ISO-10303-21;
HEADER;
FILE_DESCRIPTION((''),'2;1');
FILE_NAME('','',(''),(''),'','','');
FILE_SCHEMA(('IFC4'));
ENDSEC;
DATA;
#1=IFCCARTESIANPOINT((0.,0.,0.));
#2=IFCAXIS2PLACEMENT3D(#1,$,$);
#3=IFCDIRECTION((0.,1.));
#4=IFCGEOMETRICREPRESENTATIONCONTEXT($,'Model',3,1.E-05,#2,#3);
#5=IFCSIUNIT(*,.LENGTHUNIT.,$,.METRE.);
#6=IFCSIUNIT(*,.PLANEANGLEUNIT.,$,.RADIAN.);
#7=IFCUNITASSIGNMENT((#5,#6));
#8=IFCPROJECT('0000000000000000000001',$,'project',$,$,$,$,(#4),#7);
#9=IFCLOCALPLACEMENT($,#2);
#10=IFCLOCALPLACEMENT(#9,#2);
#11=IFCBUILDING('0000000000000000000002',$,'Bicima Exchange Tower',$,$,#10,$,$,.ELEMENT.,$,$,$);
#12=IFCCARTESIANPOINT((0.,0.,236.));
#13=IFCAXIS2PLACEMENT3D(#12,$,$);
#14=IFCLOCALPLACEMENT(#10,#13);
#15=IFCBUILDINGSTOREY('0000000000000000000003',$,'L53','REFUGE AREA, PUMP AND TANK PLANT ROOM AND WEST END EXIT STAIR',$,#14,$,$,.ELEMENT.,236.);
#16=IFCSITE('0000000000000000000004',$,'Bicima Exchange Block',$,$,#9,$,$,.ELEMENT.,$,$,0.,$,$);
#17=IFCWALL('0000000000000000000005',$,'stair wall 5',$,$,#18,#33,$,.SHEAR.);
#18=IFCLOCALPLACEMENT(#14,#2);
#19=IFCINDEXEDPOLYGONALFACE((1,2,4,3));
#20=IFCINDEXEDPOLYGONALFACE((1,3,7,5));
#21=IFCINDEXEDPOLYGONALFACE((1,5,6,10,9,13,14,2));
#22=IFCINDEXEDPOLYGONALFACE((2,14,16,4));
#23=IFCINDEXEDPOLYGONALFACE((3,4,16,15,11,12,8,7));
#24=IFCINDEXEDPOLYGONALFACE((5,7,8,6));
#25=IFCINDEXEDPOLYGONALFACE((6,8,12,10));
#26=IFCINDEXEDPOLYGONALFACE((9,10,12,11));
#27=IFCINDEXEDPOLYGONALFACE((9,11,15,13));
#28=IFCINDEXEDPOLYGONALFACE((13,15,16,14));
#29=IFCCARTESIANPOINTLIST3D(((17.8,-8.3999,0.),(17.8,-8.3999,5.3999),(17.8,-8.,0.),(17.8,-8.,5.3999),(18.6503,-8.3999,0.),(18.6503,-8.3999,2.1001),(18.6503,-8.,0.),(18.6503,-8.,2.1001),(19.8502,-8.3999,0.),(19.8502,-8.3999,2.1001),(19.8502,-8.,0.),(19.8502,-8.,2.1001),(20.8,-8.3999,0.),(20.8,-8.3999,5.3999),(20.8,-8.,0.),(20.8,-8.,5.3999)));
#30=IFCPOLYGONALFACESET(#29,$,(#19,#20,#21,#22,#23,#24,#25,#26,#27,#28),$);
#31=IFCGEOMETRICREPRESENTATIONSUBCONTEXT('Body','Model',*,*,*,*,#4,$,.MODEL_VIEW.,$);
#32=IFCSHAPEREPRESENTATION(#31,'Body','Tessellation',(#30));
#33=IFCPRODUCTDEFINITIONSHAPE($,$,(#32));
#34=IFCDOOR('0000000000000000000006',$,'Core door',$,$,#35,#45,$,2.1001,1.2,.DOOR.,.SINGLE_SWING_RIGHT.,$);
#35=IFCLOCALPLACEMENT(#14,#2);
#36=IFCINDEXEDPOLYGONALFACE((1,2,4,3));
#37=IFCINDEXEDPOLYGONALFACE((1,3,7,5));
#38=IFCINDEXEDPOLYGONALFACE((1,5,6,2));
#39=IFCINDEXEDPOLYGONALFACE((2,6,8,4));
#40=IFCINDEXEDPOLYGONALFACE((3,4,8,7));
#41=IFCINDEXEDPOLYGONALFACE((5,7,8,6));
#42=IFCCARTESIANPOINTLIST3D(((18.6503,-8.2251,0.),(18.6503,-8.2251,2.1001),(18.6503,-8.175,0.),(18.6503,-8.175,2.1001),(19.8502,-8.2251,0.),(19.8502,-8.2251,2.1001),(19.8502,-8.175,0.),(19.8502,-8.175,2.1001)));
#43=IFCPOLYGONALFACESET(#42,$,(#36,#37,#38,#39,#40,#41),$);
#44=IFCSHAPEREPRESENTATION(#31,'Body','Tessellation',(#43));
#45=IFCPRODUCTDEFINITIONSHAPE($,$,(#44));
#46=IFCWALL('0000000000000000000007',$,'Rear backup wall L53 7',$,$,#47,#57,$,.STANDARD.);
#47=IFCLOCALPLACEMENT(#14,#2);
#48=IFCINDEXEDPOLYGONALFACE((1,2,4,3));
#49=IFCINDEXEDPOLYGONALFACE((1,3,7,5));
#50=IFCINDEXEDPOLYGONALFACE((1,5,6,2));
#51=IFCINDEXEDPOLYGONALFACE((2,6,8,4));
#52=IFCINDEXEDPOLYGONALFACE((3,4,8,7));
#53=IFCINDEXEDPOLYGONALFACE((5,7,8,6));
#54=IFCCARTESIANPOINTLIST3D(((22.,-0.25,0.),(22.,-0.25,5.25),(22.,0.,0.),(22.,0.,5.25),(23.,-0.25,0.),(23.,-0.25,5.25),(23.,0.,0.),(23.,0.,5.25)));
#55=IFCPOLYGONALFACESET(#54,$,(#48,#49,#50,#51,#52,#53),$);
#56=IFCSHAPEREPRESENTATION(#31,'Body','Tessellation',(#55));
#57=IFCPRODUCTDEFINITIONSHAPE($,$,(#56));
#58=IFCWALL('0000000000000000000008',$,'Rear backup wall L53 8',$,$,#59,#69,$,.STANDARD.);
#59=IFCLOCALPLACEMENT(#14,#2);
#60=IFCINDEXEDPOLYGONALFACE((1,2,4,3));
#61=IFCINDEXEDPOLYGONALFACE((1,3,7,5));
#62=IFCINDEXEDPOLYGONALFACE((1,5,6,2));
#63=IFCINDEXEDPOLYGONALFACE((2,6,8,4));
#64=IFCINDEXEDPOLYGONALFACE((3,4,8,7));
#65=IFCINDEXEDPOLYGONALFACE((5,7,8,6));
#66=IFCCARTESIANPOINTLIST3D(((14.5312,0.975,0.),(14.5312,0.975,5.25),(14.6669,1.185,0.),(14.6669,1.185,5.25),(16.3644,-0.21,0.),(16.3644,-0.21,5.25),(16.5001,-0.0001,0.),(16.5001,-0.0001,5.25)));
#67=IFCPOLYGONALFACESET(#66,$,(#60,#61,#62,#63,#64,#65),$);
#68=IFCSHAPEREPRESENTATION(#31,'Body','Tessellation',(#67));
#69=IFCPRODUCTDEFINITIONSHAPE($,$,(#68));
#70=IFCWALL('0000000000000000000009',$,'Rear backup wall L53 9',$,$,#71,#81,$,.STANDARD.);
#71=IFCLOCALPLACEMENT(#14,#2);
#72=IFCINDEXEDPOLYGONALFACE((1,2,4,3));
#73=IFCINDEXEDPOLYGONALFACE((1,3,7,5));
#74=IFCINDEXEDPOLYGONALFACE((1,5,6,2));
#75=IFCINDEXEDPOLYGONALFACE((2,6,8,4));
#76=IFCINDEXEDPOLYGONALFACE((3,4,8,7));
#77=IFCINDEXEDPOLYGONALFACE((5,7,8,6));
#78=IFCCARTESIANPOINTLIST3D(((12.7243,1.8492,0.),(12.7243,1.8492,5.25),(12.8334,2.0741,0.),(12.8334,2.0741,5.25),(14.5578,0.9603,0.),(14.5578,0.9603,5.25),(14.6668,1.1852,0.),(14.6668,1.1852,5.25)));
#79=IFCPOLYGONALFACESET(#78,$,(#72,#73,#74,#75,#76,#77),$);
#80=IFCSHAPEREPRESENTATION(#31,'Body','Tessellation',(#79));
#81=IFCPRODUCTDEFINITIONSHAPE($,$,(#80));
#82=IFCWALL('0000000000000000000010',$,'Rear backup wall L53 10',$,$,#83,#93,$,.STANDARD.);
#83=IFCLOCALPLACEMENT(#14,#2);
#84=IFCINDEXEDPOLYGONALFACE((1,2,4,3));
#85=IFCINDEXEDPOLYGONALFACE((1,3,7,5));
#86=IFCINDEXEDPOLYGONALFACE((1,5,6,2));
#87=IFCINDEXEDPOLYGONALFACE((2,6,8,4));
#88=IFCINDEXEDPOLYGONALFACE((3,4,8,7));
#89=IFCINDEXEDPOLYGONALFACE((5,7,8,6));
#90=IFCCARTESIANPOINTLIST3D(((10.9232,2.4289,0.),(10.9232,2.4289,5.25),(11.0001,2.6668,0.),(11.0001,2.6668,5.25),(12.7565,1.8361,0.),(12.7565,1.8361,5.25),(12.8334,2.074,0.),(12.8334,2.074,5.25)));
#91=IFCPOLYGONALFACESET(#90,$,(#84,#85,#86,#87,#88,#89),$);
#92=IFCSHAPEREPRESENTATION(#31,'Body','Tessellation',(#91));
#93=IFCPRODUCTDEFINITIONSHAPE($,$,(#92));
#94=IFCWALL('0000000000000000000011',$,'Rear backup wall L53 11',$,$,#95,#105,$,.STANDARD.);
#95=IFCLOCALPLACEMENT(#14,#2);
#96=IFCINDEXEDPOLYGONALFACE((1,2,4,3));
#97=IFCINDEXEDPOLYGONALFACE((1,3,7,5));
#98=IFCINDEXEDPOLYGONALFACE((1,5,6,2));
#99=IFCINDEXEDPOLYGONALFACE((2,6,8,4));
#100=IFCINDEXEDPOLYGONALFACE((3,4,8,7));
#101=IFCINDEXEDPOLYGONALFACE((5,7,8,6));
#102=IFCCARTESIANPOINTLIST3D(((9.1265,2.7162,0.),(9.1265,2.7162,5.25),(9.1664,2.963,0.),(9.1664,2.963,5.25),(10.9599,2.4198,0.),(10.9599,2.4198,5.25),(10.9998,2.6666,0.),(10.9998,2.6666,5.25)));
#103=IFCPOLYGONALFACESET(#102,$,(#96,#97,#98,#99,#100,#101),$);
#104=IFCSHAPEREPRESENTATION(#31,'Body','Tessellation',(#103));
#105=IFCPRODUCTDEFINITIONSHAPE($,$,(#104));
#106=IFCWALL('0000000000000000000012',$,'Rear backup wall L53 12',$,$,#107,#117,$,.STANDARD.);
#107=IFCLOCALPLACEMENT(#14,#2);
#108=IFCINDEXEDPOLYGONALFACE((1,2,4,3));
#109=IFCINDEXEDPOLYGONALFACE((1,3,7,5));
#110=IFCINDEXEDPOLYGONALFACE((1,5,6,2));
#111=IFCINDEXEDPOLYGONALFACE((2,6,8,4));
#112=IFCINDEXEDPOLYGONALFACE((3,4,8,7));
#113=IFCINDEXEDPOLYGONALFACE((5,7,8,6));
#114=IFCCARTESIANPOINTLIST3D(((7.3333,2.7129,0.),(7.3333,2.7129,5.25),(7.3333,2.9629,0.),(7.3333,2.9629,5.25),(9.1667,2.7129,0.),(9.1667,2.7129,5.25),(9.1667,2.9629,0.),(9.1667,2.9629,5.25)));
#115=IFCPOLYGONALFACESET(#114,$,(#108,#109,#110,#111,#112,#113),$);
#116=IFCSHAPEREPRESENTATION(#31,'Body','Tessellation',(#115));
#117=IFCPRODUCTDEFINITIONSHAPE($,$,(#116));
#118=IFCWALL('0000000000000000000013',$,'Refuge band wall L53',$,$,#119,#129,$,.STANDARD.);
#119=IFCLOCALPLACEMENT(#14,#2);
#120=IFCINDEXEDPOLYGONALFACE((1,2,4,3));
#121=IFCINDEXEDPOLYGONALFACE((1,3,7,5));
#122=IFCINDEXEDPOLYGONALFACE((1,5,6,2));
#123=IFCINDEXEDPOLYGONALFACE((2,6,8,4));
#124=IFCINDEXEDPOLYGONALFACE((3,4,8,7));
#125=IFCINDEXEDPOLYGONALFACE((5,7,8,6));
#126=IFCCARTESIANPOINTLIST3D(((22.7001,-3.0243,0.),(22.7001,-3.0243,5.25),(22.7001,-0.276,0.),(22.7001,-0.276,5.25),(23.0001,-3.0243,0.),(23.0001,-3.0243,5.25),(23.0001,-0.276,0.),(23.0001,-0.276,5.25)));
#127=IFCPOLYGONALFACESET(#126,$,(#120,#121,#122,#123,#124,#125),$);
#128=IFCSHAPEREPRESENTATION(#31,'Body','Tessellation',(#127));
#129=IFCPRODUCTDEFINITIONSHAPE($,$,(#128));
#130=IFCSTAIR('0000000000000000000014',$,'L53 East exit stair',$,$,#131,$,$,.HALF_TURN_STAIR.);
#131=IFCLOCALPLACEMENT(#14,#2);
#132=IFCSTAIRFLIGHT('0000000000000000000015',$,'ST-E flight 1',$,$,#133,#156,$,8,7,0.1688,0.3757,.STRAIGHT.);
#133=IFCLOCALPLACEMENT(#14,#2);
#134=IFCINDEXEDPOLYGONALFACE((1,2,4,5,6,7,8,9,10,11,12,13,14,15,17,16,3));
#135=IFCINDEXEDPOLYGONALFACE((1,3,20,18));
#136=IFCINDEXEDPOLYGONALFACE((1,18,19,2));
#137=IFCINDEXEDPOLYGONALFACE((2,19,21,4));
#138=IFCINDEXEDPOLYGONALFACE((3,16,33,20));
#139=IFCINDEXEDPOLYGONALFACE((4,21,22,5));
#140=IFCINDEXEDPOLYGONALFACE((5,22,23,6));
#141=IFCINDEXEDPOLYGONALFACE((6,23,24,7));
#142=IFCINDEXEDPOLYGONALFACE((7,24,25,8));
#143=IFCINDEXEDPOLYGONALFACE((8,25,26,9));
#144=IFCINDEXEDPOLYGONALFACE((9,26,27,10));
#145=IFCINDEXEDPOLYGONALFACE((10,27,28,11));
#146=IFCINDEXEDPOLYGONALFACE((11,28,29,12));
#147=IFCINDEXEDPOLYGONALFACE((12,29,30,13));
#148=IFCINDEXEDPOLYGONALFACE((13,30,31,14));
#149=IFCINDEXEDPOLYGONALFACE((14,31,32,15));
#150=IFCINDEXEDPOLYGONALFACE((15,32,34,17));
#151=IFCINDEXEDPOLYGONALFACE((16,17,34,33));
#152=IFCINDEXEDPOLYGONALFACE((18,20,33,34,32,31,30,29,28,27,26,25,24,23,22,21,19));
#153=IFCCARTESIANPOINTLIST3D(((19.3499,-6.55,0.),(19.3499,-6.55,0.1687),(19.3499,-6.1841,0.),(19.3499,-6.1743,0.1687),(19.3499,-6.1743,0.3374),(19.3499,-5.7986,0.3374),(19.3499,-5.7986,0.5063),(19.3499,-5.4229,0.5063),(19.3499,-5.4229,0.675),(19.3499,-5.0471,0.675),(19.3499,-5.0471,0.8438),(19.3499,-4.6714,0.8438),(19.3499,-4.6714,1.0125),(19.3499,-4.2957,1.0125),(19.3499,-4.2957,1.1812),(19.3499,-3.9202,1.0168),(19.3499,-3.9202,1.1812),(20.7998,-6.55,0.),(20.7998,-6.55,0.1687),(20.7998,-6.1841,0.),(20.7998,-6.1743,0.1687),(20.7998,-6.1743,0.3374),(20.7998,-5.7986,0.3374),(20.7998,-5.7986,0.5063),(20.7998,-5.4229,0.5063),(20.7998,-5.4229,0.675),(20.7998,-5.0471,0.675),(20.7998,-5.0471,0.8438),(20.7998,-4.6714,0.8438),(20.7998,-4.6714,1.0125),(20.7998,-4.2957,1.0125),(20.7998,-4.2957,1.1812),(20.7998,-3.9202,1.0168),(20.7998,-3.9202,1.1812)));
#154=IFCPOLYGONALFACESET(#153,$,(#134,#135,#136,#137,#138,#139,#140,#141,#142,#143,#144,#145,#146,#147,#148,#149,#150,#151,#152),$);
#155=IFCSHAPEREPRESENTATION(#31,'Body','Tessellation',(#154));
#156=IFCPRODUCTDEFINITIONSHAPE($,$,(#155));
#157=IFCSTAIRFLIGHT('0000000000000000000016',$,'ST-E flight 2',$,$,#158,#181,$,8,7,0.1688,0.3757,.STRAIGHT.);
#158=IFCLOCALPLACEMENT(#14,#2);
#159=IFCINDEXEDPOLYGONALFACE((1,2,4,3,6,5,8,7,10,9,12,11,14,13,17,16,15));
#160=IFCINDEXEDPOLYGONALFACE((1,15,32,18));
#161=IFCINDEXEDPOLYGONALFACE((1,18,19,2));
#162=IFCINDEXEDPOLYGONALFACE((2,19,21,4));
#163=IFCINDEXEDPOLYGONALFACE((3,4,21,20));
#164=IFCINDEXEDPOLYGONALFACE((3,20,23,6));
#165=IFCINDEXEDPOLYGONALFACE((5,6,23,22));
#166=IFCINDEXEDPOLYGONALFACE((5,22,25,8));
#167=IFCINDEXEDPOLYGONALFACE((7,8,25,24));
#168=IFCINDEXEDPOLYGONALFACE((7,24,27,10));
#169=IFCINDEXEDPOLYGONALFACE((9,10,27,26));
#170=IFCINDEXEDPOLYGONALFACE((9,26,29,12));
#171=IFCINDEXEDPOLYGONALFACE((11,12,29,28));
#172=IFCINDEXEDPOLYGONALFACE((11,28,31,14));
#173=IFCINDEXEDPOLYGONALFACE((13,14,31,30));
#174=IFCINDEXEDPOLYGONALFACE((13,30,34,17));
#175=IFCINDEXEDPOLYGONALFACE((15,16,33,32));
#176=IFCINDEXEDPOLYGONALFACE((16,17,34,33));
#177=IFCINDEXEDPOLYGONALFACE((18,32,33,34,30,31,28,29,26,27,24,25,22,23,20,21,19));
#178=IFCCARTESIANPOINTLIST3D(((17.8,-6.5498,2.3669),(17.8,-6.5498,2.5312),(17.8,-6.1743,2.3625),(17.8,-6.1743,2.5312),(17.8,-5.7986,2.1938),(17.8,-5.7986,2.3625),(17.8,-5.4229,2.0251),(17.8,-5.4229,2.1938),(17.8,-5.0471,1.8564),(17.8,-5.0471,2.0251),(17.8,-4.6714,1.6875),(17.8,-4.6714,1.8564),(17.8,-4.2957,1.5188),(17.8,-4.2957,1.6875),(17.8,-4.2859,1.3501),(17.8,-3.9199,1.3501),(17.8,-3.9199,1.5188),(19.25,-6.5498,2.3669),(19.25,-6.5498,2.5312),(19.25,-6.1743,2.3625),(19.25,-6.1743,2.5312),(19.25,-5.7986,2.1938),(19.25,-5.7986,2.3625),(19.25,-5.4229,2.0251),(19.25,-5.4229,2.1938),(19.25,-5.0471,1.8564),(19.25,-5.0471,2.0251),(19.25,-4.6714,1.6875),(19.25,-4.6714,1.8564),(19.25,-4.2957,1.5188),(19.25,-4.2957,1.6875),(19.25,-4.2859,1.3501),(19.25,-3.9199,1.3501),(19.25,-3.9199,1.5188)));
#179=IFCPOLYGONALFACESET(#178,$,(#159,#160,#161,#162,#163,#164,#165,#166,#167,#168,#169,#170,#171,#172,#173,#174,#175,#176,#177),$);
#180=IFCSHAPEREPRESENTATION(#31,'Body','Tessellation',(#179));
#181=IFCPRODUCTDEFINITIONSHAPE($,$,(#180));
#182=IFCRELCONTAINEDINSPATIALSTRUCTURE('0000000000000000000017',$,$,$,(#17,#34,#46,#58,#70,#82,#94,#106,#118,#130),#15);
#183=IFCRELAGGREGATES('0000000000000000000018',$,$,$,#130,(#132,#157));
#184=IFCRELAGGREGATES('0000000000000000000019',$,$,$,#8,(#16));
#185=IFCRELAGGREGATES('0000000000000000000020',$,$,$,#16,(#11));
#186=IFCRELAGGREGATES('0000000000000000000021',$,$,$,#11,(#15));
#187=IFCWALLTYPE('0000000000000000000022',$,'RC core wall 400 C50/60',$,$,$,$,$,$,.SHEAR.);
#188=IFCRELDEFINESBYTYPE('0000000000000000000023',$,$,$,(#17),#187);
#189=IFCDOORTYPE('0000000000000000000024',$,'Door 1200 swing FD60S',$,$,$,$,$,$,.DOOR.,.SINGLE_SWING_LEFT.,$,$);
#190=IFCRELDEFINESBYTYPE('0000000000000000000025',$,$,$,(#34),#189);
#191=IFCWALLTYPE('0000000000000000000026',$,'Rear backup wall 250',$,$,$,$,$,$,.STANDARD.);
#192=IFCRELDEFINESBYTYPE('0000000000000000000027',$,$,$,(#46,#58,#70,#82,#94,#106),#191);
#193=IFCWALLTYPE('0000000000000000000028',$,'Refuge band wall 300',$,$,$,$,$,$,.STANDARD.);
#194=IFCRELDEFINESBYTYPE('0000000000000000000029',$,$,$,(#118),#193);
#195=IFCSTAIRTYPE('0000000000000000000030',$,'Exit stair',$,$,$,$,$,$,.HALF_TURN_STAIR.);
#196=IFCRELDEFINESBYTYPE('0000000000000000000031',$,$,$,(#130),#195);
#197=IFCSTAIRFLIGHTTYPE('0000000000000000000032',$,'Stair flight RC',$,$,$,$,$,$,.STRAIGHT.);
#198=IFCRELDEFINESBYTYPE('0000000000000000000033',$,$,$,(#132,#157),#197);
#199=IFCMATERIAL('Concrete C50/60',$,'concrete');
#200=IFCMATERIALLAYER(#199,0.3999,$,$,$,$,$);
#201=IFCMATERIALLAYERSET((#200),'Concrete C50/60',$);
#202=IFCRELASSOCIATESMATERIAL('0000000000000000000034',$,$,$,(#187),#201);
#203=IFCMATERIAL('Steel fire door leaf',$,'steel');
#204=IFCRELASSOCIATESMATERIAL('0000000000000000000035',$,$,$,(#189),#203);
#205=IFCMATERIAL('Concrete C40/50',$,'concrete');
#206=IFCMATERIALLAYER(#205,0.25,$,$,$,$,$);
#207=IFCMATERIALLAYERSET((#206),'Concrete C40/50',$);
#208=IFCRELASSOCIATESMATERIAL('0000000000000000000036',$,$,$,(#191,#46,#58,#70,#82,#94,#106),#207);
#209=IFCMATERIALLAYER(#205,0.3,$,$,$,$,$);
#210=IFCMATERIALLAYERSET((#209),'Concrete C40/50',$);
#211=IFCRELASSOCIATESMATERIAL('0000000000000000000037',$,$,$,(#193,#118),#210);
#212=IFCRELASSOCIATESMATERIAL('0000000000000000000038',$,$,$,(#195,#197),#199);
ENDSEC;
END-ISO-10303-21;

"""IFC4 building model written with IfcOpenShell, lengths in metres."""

from ifc_helpers import new_model, si_unit, direction, frame, frame_2d, origin, place, context, subcontext, project, spatial, polyline, rectangle, outline, extrude, material, layer, layer_set, layer_usage, type_object, element, fill, aggregate, save


model = new_model("IFC4")

# Units and contexts
model_context = context("Model", 3, precision=1e-05, world=origin(), true_north=direction((0.0, 1.0)))
body_context = subcontext(model_context, "Body", "Model", "MODEL_VIEW")
ifc_project = project(units=[si_unit("LENGTHUNIT", "METRE"), si_unit("PLANEANGLEUNIT", "RADIAN")], contexts=[model_context])

# Site, building, storey
site_placement = place(None, origin())
site = spatial("IfcSite", under=ifc_project, at=site_placement, Name="Bicima Exchange Block", CompositionType="ELEMENT", RefElevation=0.0)
building_placement = place(site_placement, origin())
building = spatial("IfcBuilding", under=site, at=building_placement, Name="Bicima Exchange Tower", CompositionType="ELEMENT")
storey_placement = place(building_placement, frame((0.0, 0.0, 236.0)))
storey = spatial("IfcBuildingStorey", under=building, at=storey_placement, Name="L53", Description="REFUGE AREA, PUMP AND TANK PLANT ROOM AND WEST END EXIT STAIR", CompositionType="ELEMENT", Elevation=236.0)

# Wall, opening, door
ifc_material_1 = material(Name="Concrete C50/60", Category="concrete")
ifc_layer_1 = layer(ifc_material_1, 0.3999)
ifc_layer_set_1 = layer_set([ifc_layer_1], Name="Concrete C50/60")
wall_type_1 = type_object("IfcWallType", Name="RC core wall 400 C50/60", PredefinedType="SHEAR", material=ifc_layer_set_1)
wall_1_placement = place(storey_placement, frame((17.8, -8.2, 0.0), z_axis=(0.0, 0.0, 1.0), x_axis=(1.0, 0.0, 0.0)))
wall_1 = element("IfcWall", 1, at=wall_1_placement, inside=storey, type_object=wall_type_1, Name="stair wall 5", PredefinedType="SHEAR", context=body_context, shape_type="SweptSolid", body=[
    extrude(rectangle(XDim=3.0, YDim=0.3999, at=frame_2d((1.5, 0.0))), origin(), (0.0, 0.0, 1.0), 5.3999),
])
opening_placement = place(wall_1_placement, frame((0.8501, 0.0, 0.0)))
opening = element("IfcOpeningElement", 2, at=opening_placement, cuts=wall_1, PredefinedType="OPENING", context=body_context, shape_type="SweptSolid", body=[
    extrude(rectangle(XDim=1.2, YDim=2.1001, at=frame_2d((0.6001, 1.05))), frame((0.0, 0.2119, 0.0), z_axis=(0.0, -1.0, 0.0), x_axis=(1.0, 0.0, 0.0)), (0.0, 0.0, 1.0), 0.4238),
])
ifc_material_2 = material(Name="Steel fire door leaf", Category="steel")
door_type = type_object("IfcDoorType", Name="Door 1200 swing FD60S", OperationType="SINGLE_SWING_LEFT", PredefinedType="DOOR", material=ifc_material_2)
door_placement = place(opening_placement, origin())
door = element("IfcDoor", 3, at=door_placement, inside=storey, type_object=door_type, Name="Core door", OperationType="SINGLE_SWING_RIGHT", OverallHeight=2.1001, OverallWidth=1.2, PredefinedType="DOOR", context=body_context, shape_type="SweptSolid", body=[
    extrude(rectangle(XDim=1.2, YDim=2.1001, at=frame_2d((0.6001, 1.05))), frame((0.0, 0.0249, 0.0), z_axis=(0.0, -1.0, 0.0), x_axis=(1.0, 0.0, 0.0)), (0.0, 0.0, 1.0), 0.05),
])
fill(opening, door)

# Walls
ifc_material_3 = material(Name="Concrete C40/50", Category="concrete")
ifc_layer_2 = layer(ifc_material_3, 0.25)
ifc_layer_set_2 = layer_set([ifc_layer_2], Name="Concrete C40/50")
ifc_layer_usage_1 = layer_usage(ifc_layer_set_2, "AXIS2", "POSITIVE", -0.125)
wall_type_2 = type_object("IfcWallType", Name="Rear backup wall 250", PredefinedType="STANDARD", material=ifc_layer_set_2)
wall_2_placement = place(storey_placement, frame((23.0, -0.125, 0.0), z_axis=(0.0, 0.0, 1.0), x_axis=(-1.0, 0.0, 0.0)))
element("IfcWall", 4, at=wall_2_placement, inside=storey, type_object=wall_type_2, material=ifc_layer_usage_1, Name="Rear backup wall L53 7", PredefinedType="STANDARD", context=body_context, shape_type="SweptSolid", body=[
    extrude(rectangle(XDim=1.0, YDim=0.25, at=frame_2d((0.5, 0.0))), origin(), (0.0, 0.0, 1.0), 5.25),
])
wall_3_placement = place(storey_placement, frame((16.4321, -0.105, 0.0), z_axis=(0.0, 0.0, 1.0), x_axis=(-0.839813, 0.542876, 0.0)))
element("IfcWall", 5, at=wall_3_placement, inside=storey, type_object=wall_type_2, material=ifc_layer_usage_1, Name="Rear backup wall L53 8", PredefinedType="STANDARD", context=body_context, shape_type="SweptSolid", body=[
    extrude(rectangle(XDim=2.1829, YDim=0.25, at=frame_2d((1.0913, 0.0))), origin(), (0.0, 0.0, 1.0), 5.25),
])
wall_4_placement = place(storey_placement, frame((14.6123, 1.0728, 0.0), z_axis=(0.0, 0.0, 1.0), x_axis=(-0.899824, 0.436253, 0.0)))
element("IfcWall", 6, at=wall_4_placement, inside=storey, type_object=wall_type_2, material=ifc_layer_usage_1, Name="Rear backup wall L53 9", PredefinedType="STANDARD", context=body_context, shape_type="SweptSolid", body=[
    extrude(rectangle(XDim=2.0376, YDim=0.25, at=frame_2d((1.0188, 0.0))), origin(), (0.0, 0.0, 1.0), 5.25),
])
wall_5_placement = place(storey_placement, frame((12.7949, 1.9551, 0.0), z_axis=(0.0, 0.0, 1.0), x_axis=(-0.951496, 0.307662, 0.0)))
element("IfcWall", 7, at=wall_5_placement, inside=storey, type_object=wall_type_2, material=ifc_layer_usage_1, Name="Rear backup wall L53 10", PredefinedType="STANDARD", context=body_context, shape_type="SweptSolid", body=[
    extrude(rectangle(XDim=1.9268, YDim=0.25, at=frame_2d((0.9634, 0.0))), origin(), (0.0, 0.0, 1.0), 5.25),
])
wall_6_placement = place(storey_placement, frame((10.98, 2.5432, 0.0), z_axis=(0.0, 0.0, 1.0), x_axis=(-0.987182, 0.1596, 0.0)))
element("IfcWall", 8, at=wall_6_placement, inside=storey, type_object=wall_type_2, material=ifc_layer_usage_1, Name="Rear backup wall L53 11", PredefinedType="STANDARD", context=body_context, shape_type="SweptSolid", body=[
    extrude(rectangle(XDim=1.8572, YDim=0.25, at=frame_2d((0.9287, 0.0))), origin(), (0.0, 0.0, 1.0), 5.25),
])
wall_7_placement = place(storey_placement, frame((9.1667, 2.8379, 0.0), z_axis=(0.0, 0.0, 1.0), x_axis=(-1.0, 0.0, 0.0)))
element("IfcWall", 9, at=wall_7_placement, inside=storey, type_object=wall_type_2, material=ifc_layer_usage_1, Name="Rear backup wall L53 12", PredefinedType="STANDARD", context=body_context, shape_type="SweptSolid", body=[
    extrude(rectangle(XDim=1.8335, YDim=0.25, at=frame_2d((0.9167, 0.0))), origin(), (0.0, 0.0, 1.0), 5.25),
])
ifc_layer_3 = layer(ifc_material_3, 0.3)
ifc_layer_set_3 = layer_set([ifc_layer_3], Name="Concrete C40/50")
ifc_layer_usage_2 = layer_usage(ifc_layer_set_3, "AXIS2", "POSITIVE", -0.15)
wall_type_3 = type_object("IfcWallType", Name="Refuge band wall 300", PredefinedType="STANDARD", material=ifc_layer_set_3)
wall_8_placement = place(storey_placement, frame((22.8501, -3.0242, 0.0), z_axis=(0.0, 0.0, 1.0), x_axis=(0.0, 1.0, 0.0)))
element("IfcWall", 10, at=wall_8_placement, inside=storey, type_object=wall_type_3, material=ifc_layer_usage_2, Name="Refuge band wall L53", PredefinedType="STANDARD", context=body_context, shape_type="SweptSolid", body=[
    extrude(rectangle(XDim=2.7483, YDim=0.3, at=frame_2d((1.374, 0.0))), origin(), (0.0, 0.0, 1.0), 5.25),
])

# Stair, stair flights
stair_type = type_object("IfcStairType", Name="Exit stair", PredefinedType="HALF_TURN_STAIR", material=ifc_material_1)
stair_placement = place(storey_placement, origin())
stair = element("IfcStair", 11, at=stair_placement, inside=storey, type_object=stair_type, Name="L53 East exit stair", PredefinedType="HALF_TURN_STAIR")
stair_flight_type = type_object("IfcStairFlightType", Name="Stair flight RC", PredefinedType="STRAIGHT", material=ifc_material_1)
stair_flight_1_placement = place(storey_placement, frame((20.075, -6.55, 0.0), z_axis=(0.0, 0.0, 1.0), x_axis=(0.0, 1.0, 0.0)))
stair_flight_1 = element("IfcStairFlight", 12, at=stair_flight_1_placement, type_object=stair_flight_type, Name="ST-E flight 1", NumberOfRisers=8, NumberOfTreads=7, PredefinedType="STRAIGHT", RiserHeight=0.1688, TreadLength=0.3757, context=body_context, shape_type="SweptSolid", body=[
    extrude(outline(polyline([(0.0, 0.0), (0.0, 0.1687), (0.3757, 0.1687), (0.3757, 0.3374), (0.7515, 0.3374), (0.7515, 0.5063), (1.1272, 0.5063), (1.1272, 0.675), (1.5029, 0.675), (1.5029, 0.8438), (1.8787, 0.8438), (1.8787, 1.0125), (2.2544, 1.0125), (2.2544, 1.1812), (2.6299, 1.1812), (2.6299, 1.3501), (2.6299, 1.0168), (0.366, 0.0), (0.0, 0.0)])), frame((0.0, 0.7251, 0.0), z_axis=(0.0, -1.0, 0.0), x_axis=(1.0, 0.0, 0.0)), (0.0, 0.0, 1.0), 1.45),
])
stair_flight_2_placement = place(storey_placement, frame((18.5249, -3.9199, 1.3501), z_axis=(0.0, 0.0, 1.0), x_axis=(0.0, -1.0, 0.0)))
stair_flight_2 = element("IfcStairFlight", 13, at=stair_flight_2_placement, type_object=stair_flight_type, Name="ST-E flight 2", NumberOfRisers=8, NumberOfTreads=7, PredefinedType="STRAIGHT", RiserHeight=0.1688, TreadLength=0.3757, context=body_context, shape_type="SweptSolid", body=[
    extrude(outline(polyline([(0.0, 0.0), (0.0, 0.1687), (0.3757, 0.1687), (0.3757, 0.3374), (0.7515, 0.3374), (0.7515, 0.5063), (1.1272, 0.5063), (1.1272, 0.675), (1.5029, 0.675), (1.5029, 0.8438), (1.8787, 0.8438), (1.8787, 1.0125), (2.2544, 1.0125), (2.2544, 1.1812), (2.6299, 1.1812), (2.6299, 1.3501), (2.6299, 1.0168), (0.366, 0.0), (0.0, 0.0)])), frame((0.0, 0.7251, 0.0), z_axis=(0.0, -1.0, 0.0), x_axis=(1.0, 0.0, 0.0)), (0.0, 0.0, 1.0), 1.45),
])
aggregate(stair, [stair_flight_1, stair_flight_2])

save(model, "model.ifc")
